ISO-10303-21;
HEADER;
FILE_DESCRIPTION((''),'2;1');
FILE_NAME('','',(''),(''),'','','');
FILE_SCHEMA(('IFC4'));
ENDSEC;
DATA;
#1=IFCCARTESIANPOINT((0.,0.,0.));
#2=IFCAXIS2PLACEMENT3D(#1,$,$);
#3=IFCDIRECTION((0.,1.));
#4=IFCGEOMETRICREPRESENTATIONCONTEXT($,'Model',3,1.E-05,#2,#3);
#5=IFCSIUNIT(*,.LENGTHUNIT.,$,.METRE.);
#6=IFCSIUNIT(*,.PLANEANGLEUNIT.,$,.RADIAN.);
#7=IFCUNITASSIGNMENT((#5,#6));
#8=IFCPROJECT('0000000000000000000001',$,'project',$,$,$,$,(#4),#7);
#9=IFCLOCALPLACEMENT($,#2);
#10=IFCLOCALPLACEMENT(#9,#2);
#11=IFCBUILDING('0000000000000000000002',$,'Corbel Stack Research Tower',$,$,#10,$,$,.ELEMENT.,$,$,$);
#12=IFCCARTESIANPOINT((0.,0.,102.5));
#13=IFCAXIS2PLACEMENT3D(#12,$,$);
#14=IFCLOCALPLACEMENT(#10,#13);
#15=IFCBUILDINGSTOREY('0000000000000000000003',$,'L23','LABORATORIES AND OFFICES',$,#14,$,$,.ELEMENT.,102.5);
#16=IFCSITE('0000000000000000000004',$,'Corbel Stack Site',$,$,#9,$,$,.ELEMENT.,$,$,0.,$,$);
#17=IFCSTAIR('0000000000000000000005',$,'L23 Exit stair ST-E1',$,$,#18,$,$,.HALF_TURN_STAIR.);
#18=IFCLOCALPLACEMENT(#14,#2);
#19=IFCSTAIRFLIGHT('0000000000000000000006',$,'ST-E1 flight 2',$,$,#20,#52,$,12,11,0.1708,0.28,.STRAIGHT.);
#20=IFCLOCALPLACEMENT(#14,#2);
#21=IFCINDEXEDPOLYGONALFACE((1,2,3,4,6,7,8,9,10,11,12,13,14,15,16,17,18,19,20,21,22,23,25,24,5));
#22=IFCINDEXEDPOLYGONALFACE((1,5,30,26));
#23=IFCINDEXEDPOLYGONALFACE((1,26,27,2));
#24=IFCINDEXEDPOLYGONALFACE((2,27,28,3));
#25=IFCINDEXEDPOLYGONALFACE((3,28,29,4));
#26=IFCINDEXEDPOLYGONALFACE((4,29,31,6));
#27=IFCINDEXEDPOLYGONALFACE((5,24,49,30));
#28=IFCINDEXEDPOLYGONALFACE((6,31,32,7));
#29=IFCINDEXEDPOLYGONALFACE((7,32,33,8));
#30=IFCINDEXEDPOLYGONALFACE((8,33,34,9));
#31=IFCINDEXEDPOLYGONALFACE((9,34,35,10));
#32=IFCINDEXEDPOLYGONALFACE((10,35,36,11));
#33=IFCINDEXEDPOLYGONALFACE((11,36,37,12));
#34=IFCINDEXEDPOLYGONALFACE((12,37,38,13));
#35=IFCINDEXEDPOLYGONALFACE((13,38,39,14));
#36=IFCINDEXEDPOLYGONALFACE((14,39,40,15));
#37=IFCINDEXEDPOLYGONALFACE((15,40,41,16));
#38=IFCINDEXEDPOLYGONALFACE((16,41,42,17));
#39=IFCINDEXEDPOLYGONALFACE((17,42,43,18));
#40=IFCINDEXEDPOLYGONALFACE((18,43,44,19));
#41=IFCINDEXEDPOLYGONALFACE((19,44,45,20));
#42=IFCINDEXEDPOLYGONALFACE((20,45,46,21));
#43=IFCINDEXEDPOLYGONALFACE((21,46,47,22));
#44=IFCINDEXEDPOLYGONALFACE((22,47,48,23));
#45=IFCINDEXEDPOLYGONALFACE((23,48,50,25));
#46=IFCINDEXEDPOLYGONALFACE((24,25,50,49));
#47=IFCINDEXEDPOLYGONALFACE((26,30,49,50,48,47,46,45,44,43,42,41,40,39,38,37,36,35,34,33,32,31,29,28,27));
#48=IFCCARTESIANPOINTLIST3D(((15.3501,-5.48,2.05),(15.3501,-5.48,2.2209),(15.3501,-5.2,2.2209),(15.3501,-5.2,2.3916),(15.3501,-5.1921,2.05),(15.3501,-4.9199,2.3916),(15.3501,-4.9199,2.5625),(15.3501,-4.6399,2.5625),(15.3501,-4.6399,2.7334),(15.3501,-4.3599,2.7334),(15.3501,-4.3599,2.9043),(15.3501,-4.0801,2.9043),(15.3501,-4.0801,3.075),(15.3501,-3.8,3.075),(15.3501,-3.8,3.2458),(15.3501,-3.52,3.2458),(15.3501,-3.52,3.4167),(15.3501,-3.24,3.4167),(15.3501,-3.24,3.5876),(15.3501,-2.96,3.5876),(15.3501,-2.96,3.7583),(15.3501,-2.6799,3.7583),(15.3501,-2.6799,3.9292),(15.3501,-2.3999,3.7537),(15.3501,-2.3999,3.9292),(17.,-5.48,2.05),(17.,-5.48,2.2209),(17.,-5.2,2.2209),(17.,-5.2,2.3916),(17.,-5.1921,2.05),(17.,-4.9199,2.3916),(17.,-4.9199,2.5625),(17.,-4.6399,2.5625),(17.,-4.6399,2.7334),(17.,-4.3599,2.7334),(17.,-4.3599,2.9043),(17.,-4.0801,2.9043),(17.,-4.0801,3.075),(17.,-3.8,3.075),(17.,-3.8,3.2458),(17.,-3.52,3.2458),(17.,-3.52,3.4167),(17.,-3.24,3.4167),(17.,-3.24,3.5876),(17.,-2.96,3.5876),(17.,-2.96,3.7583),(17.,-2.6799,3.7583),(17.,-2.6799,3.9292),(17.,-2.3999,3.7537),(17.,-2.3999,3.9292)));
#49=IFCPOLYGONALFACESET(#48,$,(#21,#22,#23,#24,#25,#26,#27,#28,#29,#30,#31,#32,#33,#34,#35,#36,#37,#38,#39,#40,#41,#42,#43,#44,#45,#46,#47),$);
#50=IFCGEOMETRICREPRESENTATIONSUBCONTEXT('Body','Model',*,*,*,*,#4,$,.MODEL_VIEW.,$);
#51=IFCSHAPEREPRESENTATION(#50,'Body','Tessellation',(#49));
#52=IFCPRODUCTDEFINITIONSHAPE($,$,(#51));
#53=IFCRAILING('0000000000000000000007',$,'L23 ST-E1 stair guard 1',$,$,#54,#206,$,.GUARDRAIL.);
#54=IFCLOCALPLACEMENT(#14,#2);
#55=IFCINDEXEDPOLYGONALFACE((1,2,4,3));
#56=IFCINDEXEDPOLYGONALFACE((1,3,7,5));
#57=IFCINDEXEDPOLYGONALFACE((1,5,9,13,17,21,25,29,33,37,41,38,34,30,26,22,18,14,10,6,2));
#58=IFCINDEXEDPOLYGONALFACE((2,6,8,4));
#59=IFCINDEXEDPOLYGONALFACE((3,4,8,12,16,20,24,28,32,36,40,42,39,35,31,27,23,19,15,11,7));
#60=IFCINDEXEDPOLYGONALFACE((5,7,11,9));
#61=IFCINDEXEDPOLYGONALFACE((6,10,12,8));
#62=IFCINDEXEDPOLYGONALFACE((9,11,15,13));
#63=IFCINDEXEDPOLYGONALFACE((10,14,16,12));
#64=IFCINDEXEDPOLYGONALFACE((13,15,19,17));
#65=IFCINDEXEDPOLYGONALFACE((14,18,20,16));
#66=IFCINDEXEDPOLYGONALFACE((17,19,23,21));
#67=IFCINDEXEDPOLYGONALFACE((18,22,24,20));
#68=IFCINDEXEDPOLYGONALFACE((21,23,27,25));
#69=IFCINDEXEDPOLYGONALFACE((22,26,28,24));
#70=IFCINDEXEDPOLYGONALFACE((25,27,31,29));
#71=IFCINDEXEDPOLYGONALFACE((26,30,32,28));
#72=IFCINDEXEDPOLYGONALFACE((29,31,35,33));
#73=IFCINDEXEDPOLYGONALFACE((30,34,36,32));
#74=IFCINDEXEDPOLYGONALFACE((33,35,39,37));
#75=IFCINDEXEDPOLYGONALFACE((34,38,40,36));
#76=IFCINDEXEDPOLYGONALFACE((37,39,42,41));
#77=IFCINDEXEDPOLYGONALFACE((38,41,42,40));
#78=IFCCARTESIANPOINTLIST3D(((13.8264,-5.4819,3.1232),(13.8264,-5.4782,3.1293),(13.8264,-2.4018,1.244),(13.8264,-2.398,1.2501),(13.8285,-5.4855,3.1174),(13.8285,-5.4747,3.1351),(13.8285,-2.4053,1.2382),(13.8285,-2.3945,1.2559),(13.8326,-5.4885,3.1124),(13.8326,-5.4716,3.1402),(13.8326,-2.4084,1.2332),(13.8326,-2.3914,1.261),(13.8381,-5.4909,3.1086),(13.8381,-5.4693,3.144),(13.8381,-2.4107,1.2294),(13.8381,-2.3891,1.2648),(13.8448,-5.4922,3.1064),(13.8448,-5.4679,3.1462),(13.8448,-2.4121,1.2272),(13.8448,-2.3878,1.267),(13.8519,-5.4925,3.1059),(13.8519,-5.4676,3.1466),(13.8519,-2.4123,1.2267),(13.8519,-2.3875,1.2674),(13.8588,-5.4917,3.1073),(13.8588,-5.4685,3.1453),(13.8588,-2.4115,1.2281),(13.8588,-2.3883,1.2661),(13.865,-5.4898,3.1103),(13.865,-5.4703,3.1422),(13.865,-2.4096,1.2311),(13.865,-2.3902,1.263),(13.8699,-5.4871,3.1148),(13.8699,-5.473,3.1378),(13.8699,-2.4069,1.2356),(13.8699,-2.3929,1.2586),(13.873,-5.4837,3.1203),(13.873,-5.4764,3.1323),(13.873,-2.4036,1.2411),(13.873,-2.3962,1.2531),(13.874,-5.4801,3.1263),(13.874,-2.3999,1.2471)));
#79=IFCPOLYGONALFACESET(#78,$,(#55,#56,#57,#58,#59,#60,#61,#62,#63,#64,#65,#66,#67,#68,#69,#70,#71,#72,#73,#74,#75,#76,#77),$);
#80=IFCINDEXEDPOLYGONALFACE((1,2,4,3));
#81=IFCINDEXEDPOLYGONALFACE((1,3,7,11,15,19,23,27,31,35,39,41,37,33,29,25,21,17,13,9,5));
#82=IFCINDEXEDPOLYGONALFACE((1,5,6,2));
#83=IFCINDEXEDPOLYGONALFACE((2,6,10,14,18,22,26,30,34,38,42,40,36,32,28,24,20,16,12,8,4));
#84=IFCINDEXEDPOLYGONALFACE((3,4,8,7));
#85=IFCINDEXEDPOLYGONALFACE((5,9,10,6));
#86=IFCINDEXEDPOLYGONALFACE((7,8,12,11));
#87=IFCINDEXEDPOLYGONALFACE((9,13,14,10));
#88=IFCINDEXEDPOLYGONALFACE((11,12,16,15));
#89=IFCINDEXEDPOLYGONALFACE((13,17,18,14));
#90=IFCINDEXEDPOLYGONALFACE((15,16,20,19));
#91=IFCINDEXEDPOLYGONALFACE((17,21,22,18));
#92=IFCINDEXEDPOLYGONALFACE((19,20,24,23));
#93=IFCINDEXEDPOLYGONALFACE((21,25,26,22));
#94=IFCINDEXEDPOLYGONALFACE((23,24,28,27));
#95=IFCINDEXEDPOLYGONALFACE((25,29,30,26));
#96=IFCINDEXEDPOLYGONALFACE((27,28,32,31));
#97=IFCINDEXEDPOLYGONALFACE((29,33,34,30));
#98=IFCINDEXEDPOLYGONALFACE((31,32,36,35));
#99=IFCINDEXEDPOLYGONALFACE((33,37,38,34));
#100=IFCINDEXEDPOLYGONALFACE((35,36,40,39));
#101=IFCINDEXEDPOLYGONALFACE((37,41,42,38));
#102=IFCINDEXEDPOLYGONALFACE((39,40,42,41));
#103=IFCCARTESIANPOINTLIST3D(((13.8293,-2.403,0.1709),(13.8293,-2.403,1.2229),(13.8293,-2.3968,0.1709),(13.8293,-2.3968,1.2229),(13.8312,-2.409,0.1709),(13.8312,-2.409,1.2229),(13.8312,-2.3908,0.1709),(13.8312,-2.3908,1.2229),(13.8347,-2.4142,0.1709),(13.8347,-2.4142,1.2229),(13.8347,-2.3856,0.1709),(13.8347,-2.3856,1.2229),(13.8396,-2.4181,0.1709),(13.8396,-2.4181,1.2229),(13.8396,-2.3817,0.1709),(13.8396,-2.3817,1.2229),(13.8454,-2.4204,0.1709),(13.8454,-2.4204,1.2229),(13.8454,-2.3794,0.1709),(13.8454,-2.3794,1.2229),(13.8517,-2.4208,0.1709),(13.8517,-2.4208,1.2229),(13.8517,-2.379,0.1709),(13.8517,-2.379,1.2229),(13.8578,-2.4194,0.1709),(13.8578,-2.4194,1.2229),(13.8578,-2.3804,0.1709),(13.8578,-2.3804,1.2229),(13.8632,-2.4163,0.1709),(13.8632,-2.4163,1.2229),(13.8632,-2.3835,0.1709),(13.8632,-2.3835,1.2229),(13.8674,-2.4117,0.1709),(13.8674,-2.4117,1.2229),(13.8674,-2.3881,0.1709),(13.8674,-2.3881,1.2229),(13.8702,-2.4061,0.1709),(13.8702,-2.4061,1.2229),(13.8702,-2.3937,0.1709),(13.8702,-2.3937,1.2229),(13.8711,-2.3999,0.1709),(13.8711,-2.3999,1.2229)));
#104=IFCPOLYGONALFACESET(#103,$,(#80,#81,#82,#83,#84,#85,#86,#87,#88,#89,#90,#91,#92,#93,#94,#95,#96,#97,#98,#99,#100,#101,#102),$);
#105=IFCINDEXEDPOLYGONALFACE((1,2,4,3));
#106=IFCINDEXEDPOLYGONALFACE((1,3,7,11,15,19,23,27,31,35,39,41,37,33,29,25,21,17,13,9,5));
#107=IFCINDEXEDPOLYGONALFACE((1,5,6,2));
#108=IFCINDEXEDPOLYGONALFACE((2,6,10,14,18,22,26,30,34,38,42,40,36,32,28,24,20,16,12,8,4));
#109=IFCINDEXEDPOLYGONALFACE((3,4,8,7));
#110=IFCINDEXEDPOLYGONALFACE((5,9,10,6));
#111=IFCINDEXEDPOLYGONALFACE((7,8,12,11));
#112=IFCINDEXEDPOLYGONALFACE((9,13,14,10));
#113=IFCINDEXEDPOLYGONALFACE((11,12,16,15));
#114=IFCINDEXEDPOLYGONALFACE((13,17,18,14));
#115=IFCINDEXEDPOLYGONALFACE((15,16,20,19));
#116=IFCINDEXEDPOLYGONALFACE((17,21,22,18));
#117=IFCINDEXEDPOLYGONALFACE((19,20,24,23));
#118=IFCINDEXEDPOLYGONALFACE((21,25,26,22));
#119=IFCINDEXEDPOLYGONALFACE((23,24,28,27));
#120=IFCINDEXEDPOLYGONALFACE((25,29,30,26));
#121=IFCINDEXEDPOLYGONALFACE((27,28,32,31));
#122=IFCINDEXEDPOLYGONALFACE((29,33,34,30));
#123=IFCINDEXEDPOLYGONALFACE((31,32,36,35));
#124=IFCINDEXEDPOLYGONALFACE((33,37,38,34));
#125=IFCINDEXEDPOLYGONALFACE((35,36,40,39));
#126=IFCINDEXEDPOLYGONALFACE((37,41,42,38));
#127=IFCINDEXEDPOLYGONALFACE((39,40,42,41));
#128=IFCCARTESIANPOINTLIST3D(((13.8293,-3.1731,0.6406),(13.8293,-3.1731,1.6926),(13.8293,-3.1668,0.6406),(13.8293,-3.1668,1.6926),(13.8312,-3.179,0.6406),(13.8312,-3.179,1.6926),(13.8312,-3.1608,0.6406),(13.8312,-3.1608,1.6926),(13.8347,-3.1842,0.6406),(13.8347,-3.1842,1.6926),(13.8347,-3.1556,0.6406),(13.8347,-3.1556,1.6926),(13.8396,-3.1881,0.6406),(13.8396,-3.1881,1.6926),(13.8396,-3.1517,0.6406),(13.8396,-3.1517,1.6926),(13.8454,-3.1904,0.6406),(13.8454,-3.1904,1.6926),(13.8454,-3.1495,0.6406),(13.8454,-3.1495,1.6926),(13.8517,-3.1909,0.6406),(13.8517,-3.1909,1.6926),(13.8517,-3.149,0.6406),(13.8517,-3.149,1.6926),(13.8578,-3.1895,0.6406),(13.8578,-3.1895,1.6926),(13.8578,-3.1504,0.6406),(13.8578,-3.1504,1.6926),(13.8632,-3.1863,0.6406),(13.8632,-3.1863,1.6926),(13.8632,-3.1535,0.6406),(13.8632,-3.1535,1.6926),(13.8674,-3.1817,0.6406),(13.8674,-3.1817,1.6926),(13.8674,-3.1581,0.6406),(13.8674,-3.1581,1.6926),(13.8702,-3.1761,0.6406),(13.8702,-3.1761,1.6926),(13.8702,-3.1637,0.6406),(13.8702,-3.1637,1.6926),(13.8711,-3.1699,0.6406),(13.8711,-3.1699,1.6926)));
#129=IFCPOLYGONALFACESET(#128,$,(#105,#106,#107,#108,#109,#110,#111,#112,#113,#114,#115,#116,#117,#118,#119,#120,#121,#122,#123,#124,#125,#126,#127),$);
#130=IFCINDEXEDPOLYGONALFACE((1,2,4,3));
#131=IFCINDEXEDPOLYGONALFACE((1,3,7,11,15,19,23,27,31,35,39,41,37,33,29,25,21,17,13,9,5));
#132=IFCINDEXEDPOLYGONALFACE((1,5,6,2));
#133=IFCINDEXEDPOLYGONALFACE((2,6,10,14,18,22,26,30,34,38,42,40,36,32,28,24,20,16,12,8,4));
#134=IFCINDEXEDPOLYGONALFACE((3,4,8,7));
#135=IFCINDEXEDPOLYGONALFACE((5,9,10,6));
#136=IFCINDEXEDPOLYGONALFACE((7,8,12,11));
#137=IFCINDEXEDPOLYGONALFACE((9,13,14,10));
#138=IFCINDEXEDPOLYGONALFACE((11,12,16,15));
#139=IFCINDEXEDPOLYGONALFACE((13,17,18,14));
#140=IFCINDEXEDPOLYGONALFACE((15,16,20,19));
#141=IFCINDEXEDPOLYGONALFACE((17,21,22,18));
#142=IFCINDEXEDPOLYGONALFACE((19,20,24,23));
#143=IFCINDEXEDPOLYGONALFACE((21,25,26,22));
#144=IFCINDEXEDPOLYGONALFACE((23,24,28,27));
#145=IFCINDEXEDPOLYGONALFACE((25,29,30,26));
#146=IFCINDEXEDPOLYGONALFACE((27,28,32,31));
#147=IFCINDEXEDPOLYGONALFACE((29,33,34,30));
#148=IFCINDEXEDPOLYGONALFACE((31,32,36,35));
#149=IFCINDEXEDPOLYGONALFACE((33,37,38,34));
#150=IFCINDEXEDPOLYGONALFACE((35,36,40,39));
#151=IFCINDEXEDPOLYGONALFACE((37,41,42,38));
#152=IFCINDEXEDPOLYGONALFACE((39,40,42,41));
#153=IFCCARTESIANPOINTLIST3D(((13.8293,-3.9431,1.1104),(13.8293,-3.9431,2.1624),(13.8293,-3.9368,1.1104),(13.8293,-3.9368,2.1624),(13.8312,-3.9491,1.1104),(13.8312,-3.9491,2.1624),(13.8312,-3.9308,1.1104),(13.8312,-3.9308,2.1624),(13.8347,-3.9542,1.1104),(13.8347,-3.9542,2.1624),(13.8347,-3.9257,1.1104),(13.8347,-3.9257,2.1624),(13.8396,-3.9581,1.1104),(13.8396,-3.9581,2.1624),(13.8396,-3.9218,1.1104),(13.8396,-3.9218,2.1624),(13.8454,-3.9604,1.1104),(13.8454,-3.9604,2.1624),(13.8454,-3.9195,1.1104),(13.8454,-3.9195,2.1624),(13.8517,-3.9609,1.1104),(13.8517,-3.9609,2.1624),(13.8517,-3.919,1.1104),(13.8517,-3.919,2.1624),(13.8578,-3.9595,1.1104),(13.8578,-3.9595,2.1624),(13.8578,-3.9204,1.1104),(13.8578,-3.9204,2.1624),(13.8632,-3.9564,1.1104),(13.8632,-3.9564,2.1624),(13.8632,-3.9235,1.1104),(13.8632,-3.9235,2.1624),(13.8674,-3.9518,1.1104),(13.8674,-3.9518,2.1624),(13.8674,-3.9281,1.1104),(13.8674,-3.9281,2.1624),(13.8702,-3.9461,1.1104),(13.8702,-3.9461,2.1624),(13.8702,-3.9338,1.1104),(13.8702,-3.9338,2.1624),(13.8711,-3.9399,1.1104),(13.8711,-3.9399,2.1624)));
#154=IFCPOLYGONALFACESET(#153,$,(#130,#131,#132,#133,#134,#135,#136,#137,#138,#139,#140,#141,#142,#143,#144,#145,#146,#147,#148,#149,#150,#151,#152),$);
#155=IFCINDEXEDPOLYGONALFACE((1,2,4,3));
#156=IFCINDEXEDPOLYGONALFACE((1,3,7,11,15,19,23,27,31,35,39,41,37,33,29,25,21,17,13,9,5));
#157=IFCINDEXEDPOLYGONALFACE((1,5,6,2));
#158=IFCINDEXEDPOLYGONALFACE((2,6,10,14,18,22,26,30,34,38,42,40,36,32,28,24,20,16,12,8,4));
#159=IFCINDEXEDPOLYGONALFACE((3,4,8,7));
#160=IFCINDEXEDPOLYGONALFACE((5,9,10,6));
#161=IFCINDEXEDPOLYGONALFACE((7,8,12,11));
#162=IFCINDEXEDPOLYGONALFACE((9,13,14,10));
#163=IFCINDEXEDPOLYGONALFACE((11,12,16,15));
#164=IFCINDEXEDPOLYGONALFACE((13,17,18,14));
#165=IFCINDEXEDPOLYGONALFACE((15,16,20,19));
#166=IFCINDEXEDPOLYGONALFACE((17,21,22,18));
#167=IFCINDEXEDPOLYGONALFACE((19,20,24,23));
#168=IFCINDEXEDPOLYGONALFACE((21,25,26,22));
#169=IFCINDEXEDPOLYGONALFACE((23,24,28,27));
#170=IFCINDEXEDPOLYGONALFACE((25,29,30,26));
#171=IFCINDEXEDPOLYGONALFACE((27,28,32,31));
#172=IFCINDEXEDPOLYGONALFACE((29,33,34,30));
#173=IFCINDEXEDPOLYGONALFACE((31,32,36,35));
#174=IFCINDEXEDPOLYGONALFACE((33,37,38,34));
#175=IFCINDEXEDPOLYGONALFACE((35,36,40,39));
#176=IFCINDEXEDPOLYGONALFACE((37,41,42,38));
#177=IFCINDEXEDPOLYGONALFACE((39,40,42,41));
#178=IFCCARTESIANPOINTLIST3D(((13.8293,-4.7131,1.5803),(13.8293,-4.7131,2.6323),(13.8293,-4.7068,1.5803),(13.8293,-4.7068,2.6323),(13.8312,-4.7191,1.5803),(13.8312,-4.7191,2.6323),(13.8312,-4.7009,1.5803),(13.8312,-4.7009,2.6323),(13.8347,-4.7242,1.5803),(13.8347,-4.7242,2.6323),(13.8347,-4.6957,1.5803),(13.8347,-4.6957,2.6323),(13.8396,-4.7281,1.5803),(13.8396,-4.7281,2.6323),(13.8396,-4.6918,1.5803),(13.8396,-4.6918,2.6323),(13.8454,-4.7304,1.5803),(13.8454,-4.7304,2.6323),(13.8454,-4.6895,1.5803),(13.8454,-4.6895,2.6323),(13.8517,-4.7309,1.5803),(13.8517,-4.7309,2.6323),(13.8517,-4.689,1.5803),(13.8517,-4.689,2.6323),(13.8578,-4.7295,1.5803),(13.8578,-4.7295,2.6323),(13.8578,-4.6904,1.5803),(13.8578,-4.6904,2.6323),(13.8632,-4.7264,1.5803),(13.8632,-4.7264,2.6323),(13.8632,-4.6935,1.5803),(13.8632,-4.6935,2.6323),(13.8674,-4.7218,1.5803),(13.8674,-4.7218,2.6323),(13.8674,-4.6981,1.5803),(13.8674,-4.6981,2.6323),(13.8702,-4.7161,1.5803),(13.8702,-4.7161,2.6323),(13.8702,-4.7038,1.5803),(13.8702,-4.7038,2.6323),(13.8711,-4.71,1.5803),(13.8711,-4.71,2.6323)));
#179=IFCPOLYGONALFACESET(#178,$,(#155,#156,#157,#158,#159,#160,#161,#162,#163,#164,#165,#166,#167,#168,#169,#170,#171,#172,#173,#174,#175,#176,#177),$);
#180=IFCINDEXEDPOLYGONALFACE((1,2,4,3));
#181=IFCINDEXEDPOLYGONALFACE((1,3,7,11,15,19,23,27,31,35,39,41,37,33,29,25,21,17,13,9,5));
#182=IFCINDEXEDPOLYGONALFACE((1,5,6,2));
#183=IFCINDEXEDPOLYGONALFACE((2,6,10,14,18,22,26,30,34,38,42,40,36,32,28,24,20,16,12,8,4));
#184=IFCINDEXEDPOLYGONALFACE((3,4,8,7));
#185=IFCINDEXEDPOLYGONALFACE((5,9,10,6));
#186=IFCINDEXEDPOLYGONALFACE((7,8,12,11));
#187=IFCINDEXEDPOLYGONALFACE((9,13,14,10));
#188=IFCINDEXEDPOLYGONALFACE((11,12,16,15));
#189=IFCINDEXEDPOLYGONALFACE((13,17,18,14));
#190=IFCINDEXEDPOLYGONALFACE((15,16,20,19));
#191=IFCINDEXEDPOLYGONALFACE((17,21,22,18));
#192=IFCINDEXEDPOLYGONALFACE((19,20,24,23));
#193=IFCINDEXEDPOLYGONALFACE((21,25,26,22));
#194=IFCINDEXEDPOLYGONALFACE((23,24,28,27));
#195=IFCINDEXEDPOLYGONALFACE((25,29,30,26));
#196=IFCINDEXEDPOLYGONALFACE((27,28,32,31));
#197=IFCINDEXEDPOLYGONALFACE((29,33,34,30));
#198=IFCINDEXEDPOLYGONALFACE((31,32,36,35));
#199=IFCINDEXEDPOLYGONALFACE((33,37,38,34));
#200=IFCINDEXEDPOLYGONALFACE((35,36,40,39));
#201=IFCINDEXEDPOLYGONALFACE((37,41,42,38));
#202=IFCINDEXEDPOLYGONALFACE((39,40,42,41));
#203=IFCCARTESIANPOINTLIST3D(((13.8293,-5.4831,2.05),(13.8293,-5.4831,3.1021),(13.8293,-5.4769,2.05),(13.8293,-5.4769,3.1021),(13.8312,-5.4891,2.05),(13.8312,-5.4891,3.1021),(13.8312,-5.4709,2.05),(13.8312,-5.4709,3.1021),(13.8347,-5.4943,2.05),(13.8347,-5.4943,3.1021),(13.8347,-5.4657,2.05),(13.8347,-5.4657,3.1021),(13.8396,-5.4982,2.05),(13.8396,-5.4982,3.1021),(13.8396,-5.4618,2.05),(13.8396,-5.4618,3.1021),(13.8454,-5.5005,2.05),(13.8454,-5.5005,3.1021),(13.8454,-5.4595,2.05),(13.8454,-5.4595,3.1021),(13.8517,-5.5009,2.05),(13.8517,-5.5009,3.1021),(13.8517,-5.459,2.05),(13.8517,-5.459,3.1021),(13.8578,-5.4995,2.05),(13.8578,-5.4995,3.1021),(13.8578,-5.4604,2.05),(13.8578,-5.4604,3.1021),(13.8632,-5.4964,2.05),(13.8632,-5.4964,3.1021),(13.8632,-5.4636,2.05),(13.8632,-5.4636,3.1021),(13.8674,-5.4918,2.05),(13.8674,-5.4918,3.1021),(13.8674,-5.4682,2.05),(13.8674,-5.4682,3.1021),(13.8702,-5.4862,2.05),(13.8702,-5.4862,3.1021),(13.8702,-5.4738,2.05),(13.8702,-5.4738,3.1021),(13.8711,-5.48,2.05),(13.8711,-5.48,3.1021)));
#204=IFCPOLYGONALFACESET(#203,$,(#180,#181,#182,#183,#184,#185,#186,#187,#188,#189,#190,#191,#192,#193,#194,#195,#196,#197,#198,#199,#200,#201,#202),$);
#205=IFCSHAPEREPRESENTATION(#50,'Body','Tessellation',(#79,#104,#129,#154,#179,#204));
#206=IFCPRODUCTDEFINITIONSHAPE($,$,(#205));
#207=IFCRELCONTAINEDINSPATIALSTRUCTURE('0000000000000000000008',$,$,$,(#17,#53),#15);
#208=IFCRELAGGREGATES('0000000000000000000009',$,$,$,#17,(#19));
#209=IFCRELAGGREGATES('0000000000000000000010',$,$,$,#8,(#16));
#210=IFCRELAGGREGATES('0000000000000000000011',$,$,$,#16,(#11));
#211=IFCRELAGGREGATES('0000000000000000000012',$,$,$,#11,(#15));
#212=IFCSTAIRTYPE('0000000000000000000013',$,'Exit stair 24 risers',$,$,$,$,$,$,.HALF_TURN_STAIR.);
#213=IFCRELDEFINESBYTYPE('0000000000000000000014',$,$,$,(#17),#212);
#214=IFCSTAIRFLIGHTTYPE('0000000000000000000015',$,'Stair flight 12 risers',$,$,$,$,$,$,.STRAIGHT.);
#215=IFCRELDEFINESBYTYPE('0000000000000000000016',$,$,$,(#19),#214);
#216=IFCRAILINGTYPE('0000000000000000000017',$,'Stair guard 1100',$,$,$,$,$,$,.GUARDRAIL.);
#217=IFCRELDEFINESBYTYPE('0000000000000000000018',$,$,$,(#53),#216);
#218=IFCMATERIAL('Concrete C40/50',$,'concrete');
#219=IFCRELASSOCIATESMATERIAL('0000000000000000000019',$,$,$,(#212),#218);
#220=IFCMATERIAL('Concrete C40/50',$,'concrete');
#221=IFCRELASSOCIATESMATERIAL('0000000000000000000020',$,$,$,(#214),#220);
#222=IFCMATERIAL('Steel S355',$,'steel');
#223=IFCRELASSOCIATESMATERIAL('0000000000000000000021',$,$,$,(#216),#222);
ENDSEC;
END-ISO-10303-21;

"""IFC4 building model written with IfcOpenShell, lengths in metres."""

from ifc_helpers import new_model, si_unit, direction, frame, origin, origin_2d, place, context, subcontext, project, spatial, polyline, circle, outline, extrude, material, type_object, element, aggregate, save


model = new_model("IFC4")

# Units and contexts
model_context = context("Model", 3, precision=1e-05, world=origin(), true_north=direction((0.0, 1.0)))
body_context = subcontext(model_context, "Body", "Model", "MODEL_VIEW")
ifc_project = project(units=[si_unit("LENGTHUNIT", "METRE"), si_unit("PLANEANGLEUNIT", "RADIAN")], contexts=[model_context])

# Site, building, storey
site_placement = place(None, origin())
site = spatial("IfcSite", under=ifc_project, at=site_placement, Name="Corbel Stack Site", CompositionType="ELEMENT", RefElevation=0.0)
building_placement = place(site_placement, origin())
building = spatial("IfcBuilding", under=site, at=building_placement, Name="Corbel Stack Research Tower", CompositionType="ELEMENT")
storey_placement = place(building_placement, frame((0.0, 0.0, 102.5)))
storey = spatial("IfcBuildingStorey", under=building, at=storey_placement, Name="L23", Description="LABORATORIES AND OFFICES", CompositionType="ELEMENT", Elevation=102.5)

# Stair, stair flight
ifc_material_1 = material(Name="Concrete C40/50", Category="concrete")
stair_type = type_object("IfcStairType", Name="Exit stair 24 risers", PredefinedType="HALF_TURN_STAIR", material=ifc_material_1)
stair_placement = place(storey_placement, origin())
stair = element("IfcStair", 1, at=stair_placement, inside=storey, type_object=stair_type, Name="L23 Exit stair ST-E1", PredefinedType="HALF_TURN_STAIR")
ifc_material_2 = material(Name="Concrete C40/50", Category="concrete")
stair_flight_type = type_object("IfcStairFlightType", Name="Stair flight 12 risers", PredefinedType="STRAIGHT", material=ifc_material_2)
stair_flight_1_placement = place(storey_placement, frame((16.175, -5.48, 2.05), z_axis=(0.0, 0.0, 1.0), x_axis=(0.0, 1.0, 0.0)))
stair_flight_1 = element("IfcStairFlight", 2, at=stair_flight_1_placement, type_object=stair_flight_type, Name="ST-E1 flight 2", NumberOfRisers=12, NumberOfTreads=11, PredefinedType="STRAIGHT", RiserHeight=0.1708, TreadLength=0.28, context=body_context, shape_type="SweptSolid", body=[
    extrude(outline(polyline([(0.0, 0.0), (0.0, 0.1709), (0.28, 0.1709), (0.28, 0.3416), (0.5601, 0.3416), (0.5601, 0.5125), (0.8401, 0.5125), (0.8401, 0.6833), (1.1201, 0.6833), (1.1201, 0.8542), (1.3999, 0.8542), (1.3999, 1.0249), (1.6799, 1.0249), (1.6799, 1.1958), (1.96, 1.1958), (1.96, 1.3667), (2.24, 1.3667), (2.24, 1.5376), (2.52, 1.5376), (2.52, 1.7083), (2.8, 1.7083), (2.8, 1.8792), (3.0801, 1.8792), (3.0801, 2.05), (3.0801, 1.7036), (0.2878, 0.0), (0.0, 0.0)])), frame((0.0, 0.825, 0.0), z_axis=(0.0, -1.0, 0.0), x_axis=(1.0, 0.0, 0.0)), (0.0, 0.0, 1.0), 1.6499),
])
aggregate(stair, [stair_flight_1])

# Railing
ifc_material_3 = material(Name="Steel S355", Category="steel")
railing_type_1 = type_object("IfcRailingType", Name="Stair guard 1100", PredefinedType="GUARDRAIL", material=ifc_material_3)
railing_1_placement = place(storey_placement, frame((13.8501, -2.3999, 0.1709)))
element("IfcRailing", 3, at=railing_1_placement, inside=storey, type_object=railing_type_1, Name="L23 ST-E1 stair guard 1", PredefinedType="GUARDRAIL", context=body_context, shape_type="SweptSolid", body=[
    extrude(circle(Radius=0.0239, at=origin_2d()), frame((0.0, 0.0, 1.0762), z_axis=(0.0, -0.853666, 0.52082), x_axis=(1.0, 0.0, 0.0)), (0.0, 0.0, 1.0), 3.6082),
    extrude(circle(Radius=0.021, at=origin_2d()), origin(), (0.0, 0.0, 1.0), 1.052),
    extrude(circle(Radius=0.021, at=origin_2d()), frame((0.0, -0.77, 0.4697)), (0.0, 0.0, 1.0), 1.052),
    extrude(circle(Radius=0.021, at=origin_2d()), frame((0.0, -1.54, 0.9395)), (0.0, 0.0, 1.0), 1.052),
    extrude(circle(Radius=0.021, at=origin_2d()), frame((0.0, -2.3101, 1.4094)), (0.0, 0.0, 1.0), 1.052),
    extrude(circle(Radius=0.021, at=origin_2d()), frame((0.0, -3.0801, 1.8792)), (0.0, 0.0, 1.0), 1.052),
])

save(model, "model.ifc")
